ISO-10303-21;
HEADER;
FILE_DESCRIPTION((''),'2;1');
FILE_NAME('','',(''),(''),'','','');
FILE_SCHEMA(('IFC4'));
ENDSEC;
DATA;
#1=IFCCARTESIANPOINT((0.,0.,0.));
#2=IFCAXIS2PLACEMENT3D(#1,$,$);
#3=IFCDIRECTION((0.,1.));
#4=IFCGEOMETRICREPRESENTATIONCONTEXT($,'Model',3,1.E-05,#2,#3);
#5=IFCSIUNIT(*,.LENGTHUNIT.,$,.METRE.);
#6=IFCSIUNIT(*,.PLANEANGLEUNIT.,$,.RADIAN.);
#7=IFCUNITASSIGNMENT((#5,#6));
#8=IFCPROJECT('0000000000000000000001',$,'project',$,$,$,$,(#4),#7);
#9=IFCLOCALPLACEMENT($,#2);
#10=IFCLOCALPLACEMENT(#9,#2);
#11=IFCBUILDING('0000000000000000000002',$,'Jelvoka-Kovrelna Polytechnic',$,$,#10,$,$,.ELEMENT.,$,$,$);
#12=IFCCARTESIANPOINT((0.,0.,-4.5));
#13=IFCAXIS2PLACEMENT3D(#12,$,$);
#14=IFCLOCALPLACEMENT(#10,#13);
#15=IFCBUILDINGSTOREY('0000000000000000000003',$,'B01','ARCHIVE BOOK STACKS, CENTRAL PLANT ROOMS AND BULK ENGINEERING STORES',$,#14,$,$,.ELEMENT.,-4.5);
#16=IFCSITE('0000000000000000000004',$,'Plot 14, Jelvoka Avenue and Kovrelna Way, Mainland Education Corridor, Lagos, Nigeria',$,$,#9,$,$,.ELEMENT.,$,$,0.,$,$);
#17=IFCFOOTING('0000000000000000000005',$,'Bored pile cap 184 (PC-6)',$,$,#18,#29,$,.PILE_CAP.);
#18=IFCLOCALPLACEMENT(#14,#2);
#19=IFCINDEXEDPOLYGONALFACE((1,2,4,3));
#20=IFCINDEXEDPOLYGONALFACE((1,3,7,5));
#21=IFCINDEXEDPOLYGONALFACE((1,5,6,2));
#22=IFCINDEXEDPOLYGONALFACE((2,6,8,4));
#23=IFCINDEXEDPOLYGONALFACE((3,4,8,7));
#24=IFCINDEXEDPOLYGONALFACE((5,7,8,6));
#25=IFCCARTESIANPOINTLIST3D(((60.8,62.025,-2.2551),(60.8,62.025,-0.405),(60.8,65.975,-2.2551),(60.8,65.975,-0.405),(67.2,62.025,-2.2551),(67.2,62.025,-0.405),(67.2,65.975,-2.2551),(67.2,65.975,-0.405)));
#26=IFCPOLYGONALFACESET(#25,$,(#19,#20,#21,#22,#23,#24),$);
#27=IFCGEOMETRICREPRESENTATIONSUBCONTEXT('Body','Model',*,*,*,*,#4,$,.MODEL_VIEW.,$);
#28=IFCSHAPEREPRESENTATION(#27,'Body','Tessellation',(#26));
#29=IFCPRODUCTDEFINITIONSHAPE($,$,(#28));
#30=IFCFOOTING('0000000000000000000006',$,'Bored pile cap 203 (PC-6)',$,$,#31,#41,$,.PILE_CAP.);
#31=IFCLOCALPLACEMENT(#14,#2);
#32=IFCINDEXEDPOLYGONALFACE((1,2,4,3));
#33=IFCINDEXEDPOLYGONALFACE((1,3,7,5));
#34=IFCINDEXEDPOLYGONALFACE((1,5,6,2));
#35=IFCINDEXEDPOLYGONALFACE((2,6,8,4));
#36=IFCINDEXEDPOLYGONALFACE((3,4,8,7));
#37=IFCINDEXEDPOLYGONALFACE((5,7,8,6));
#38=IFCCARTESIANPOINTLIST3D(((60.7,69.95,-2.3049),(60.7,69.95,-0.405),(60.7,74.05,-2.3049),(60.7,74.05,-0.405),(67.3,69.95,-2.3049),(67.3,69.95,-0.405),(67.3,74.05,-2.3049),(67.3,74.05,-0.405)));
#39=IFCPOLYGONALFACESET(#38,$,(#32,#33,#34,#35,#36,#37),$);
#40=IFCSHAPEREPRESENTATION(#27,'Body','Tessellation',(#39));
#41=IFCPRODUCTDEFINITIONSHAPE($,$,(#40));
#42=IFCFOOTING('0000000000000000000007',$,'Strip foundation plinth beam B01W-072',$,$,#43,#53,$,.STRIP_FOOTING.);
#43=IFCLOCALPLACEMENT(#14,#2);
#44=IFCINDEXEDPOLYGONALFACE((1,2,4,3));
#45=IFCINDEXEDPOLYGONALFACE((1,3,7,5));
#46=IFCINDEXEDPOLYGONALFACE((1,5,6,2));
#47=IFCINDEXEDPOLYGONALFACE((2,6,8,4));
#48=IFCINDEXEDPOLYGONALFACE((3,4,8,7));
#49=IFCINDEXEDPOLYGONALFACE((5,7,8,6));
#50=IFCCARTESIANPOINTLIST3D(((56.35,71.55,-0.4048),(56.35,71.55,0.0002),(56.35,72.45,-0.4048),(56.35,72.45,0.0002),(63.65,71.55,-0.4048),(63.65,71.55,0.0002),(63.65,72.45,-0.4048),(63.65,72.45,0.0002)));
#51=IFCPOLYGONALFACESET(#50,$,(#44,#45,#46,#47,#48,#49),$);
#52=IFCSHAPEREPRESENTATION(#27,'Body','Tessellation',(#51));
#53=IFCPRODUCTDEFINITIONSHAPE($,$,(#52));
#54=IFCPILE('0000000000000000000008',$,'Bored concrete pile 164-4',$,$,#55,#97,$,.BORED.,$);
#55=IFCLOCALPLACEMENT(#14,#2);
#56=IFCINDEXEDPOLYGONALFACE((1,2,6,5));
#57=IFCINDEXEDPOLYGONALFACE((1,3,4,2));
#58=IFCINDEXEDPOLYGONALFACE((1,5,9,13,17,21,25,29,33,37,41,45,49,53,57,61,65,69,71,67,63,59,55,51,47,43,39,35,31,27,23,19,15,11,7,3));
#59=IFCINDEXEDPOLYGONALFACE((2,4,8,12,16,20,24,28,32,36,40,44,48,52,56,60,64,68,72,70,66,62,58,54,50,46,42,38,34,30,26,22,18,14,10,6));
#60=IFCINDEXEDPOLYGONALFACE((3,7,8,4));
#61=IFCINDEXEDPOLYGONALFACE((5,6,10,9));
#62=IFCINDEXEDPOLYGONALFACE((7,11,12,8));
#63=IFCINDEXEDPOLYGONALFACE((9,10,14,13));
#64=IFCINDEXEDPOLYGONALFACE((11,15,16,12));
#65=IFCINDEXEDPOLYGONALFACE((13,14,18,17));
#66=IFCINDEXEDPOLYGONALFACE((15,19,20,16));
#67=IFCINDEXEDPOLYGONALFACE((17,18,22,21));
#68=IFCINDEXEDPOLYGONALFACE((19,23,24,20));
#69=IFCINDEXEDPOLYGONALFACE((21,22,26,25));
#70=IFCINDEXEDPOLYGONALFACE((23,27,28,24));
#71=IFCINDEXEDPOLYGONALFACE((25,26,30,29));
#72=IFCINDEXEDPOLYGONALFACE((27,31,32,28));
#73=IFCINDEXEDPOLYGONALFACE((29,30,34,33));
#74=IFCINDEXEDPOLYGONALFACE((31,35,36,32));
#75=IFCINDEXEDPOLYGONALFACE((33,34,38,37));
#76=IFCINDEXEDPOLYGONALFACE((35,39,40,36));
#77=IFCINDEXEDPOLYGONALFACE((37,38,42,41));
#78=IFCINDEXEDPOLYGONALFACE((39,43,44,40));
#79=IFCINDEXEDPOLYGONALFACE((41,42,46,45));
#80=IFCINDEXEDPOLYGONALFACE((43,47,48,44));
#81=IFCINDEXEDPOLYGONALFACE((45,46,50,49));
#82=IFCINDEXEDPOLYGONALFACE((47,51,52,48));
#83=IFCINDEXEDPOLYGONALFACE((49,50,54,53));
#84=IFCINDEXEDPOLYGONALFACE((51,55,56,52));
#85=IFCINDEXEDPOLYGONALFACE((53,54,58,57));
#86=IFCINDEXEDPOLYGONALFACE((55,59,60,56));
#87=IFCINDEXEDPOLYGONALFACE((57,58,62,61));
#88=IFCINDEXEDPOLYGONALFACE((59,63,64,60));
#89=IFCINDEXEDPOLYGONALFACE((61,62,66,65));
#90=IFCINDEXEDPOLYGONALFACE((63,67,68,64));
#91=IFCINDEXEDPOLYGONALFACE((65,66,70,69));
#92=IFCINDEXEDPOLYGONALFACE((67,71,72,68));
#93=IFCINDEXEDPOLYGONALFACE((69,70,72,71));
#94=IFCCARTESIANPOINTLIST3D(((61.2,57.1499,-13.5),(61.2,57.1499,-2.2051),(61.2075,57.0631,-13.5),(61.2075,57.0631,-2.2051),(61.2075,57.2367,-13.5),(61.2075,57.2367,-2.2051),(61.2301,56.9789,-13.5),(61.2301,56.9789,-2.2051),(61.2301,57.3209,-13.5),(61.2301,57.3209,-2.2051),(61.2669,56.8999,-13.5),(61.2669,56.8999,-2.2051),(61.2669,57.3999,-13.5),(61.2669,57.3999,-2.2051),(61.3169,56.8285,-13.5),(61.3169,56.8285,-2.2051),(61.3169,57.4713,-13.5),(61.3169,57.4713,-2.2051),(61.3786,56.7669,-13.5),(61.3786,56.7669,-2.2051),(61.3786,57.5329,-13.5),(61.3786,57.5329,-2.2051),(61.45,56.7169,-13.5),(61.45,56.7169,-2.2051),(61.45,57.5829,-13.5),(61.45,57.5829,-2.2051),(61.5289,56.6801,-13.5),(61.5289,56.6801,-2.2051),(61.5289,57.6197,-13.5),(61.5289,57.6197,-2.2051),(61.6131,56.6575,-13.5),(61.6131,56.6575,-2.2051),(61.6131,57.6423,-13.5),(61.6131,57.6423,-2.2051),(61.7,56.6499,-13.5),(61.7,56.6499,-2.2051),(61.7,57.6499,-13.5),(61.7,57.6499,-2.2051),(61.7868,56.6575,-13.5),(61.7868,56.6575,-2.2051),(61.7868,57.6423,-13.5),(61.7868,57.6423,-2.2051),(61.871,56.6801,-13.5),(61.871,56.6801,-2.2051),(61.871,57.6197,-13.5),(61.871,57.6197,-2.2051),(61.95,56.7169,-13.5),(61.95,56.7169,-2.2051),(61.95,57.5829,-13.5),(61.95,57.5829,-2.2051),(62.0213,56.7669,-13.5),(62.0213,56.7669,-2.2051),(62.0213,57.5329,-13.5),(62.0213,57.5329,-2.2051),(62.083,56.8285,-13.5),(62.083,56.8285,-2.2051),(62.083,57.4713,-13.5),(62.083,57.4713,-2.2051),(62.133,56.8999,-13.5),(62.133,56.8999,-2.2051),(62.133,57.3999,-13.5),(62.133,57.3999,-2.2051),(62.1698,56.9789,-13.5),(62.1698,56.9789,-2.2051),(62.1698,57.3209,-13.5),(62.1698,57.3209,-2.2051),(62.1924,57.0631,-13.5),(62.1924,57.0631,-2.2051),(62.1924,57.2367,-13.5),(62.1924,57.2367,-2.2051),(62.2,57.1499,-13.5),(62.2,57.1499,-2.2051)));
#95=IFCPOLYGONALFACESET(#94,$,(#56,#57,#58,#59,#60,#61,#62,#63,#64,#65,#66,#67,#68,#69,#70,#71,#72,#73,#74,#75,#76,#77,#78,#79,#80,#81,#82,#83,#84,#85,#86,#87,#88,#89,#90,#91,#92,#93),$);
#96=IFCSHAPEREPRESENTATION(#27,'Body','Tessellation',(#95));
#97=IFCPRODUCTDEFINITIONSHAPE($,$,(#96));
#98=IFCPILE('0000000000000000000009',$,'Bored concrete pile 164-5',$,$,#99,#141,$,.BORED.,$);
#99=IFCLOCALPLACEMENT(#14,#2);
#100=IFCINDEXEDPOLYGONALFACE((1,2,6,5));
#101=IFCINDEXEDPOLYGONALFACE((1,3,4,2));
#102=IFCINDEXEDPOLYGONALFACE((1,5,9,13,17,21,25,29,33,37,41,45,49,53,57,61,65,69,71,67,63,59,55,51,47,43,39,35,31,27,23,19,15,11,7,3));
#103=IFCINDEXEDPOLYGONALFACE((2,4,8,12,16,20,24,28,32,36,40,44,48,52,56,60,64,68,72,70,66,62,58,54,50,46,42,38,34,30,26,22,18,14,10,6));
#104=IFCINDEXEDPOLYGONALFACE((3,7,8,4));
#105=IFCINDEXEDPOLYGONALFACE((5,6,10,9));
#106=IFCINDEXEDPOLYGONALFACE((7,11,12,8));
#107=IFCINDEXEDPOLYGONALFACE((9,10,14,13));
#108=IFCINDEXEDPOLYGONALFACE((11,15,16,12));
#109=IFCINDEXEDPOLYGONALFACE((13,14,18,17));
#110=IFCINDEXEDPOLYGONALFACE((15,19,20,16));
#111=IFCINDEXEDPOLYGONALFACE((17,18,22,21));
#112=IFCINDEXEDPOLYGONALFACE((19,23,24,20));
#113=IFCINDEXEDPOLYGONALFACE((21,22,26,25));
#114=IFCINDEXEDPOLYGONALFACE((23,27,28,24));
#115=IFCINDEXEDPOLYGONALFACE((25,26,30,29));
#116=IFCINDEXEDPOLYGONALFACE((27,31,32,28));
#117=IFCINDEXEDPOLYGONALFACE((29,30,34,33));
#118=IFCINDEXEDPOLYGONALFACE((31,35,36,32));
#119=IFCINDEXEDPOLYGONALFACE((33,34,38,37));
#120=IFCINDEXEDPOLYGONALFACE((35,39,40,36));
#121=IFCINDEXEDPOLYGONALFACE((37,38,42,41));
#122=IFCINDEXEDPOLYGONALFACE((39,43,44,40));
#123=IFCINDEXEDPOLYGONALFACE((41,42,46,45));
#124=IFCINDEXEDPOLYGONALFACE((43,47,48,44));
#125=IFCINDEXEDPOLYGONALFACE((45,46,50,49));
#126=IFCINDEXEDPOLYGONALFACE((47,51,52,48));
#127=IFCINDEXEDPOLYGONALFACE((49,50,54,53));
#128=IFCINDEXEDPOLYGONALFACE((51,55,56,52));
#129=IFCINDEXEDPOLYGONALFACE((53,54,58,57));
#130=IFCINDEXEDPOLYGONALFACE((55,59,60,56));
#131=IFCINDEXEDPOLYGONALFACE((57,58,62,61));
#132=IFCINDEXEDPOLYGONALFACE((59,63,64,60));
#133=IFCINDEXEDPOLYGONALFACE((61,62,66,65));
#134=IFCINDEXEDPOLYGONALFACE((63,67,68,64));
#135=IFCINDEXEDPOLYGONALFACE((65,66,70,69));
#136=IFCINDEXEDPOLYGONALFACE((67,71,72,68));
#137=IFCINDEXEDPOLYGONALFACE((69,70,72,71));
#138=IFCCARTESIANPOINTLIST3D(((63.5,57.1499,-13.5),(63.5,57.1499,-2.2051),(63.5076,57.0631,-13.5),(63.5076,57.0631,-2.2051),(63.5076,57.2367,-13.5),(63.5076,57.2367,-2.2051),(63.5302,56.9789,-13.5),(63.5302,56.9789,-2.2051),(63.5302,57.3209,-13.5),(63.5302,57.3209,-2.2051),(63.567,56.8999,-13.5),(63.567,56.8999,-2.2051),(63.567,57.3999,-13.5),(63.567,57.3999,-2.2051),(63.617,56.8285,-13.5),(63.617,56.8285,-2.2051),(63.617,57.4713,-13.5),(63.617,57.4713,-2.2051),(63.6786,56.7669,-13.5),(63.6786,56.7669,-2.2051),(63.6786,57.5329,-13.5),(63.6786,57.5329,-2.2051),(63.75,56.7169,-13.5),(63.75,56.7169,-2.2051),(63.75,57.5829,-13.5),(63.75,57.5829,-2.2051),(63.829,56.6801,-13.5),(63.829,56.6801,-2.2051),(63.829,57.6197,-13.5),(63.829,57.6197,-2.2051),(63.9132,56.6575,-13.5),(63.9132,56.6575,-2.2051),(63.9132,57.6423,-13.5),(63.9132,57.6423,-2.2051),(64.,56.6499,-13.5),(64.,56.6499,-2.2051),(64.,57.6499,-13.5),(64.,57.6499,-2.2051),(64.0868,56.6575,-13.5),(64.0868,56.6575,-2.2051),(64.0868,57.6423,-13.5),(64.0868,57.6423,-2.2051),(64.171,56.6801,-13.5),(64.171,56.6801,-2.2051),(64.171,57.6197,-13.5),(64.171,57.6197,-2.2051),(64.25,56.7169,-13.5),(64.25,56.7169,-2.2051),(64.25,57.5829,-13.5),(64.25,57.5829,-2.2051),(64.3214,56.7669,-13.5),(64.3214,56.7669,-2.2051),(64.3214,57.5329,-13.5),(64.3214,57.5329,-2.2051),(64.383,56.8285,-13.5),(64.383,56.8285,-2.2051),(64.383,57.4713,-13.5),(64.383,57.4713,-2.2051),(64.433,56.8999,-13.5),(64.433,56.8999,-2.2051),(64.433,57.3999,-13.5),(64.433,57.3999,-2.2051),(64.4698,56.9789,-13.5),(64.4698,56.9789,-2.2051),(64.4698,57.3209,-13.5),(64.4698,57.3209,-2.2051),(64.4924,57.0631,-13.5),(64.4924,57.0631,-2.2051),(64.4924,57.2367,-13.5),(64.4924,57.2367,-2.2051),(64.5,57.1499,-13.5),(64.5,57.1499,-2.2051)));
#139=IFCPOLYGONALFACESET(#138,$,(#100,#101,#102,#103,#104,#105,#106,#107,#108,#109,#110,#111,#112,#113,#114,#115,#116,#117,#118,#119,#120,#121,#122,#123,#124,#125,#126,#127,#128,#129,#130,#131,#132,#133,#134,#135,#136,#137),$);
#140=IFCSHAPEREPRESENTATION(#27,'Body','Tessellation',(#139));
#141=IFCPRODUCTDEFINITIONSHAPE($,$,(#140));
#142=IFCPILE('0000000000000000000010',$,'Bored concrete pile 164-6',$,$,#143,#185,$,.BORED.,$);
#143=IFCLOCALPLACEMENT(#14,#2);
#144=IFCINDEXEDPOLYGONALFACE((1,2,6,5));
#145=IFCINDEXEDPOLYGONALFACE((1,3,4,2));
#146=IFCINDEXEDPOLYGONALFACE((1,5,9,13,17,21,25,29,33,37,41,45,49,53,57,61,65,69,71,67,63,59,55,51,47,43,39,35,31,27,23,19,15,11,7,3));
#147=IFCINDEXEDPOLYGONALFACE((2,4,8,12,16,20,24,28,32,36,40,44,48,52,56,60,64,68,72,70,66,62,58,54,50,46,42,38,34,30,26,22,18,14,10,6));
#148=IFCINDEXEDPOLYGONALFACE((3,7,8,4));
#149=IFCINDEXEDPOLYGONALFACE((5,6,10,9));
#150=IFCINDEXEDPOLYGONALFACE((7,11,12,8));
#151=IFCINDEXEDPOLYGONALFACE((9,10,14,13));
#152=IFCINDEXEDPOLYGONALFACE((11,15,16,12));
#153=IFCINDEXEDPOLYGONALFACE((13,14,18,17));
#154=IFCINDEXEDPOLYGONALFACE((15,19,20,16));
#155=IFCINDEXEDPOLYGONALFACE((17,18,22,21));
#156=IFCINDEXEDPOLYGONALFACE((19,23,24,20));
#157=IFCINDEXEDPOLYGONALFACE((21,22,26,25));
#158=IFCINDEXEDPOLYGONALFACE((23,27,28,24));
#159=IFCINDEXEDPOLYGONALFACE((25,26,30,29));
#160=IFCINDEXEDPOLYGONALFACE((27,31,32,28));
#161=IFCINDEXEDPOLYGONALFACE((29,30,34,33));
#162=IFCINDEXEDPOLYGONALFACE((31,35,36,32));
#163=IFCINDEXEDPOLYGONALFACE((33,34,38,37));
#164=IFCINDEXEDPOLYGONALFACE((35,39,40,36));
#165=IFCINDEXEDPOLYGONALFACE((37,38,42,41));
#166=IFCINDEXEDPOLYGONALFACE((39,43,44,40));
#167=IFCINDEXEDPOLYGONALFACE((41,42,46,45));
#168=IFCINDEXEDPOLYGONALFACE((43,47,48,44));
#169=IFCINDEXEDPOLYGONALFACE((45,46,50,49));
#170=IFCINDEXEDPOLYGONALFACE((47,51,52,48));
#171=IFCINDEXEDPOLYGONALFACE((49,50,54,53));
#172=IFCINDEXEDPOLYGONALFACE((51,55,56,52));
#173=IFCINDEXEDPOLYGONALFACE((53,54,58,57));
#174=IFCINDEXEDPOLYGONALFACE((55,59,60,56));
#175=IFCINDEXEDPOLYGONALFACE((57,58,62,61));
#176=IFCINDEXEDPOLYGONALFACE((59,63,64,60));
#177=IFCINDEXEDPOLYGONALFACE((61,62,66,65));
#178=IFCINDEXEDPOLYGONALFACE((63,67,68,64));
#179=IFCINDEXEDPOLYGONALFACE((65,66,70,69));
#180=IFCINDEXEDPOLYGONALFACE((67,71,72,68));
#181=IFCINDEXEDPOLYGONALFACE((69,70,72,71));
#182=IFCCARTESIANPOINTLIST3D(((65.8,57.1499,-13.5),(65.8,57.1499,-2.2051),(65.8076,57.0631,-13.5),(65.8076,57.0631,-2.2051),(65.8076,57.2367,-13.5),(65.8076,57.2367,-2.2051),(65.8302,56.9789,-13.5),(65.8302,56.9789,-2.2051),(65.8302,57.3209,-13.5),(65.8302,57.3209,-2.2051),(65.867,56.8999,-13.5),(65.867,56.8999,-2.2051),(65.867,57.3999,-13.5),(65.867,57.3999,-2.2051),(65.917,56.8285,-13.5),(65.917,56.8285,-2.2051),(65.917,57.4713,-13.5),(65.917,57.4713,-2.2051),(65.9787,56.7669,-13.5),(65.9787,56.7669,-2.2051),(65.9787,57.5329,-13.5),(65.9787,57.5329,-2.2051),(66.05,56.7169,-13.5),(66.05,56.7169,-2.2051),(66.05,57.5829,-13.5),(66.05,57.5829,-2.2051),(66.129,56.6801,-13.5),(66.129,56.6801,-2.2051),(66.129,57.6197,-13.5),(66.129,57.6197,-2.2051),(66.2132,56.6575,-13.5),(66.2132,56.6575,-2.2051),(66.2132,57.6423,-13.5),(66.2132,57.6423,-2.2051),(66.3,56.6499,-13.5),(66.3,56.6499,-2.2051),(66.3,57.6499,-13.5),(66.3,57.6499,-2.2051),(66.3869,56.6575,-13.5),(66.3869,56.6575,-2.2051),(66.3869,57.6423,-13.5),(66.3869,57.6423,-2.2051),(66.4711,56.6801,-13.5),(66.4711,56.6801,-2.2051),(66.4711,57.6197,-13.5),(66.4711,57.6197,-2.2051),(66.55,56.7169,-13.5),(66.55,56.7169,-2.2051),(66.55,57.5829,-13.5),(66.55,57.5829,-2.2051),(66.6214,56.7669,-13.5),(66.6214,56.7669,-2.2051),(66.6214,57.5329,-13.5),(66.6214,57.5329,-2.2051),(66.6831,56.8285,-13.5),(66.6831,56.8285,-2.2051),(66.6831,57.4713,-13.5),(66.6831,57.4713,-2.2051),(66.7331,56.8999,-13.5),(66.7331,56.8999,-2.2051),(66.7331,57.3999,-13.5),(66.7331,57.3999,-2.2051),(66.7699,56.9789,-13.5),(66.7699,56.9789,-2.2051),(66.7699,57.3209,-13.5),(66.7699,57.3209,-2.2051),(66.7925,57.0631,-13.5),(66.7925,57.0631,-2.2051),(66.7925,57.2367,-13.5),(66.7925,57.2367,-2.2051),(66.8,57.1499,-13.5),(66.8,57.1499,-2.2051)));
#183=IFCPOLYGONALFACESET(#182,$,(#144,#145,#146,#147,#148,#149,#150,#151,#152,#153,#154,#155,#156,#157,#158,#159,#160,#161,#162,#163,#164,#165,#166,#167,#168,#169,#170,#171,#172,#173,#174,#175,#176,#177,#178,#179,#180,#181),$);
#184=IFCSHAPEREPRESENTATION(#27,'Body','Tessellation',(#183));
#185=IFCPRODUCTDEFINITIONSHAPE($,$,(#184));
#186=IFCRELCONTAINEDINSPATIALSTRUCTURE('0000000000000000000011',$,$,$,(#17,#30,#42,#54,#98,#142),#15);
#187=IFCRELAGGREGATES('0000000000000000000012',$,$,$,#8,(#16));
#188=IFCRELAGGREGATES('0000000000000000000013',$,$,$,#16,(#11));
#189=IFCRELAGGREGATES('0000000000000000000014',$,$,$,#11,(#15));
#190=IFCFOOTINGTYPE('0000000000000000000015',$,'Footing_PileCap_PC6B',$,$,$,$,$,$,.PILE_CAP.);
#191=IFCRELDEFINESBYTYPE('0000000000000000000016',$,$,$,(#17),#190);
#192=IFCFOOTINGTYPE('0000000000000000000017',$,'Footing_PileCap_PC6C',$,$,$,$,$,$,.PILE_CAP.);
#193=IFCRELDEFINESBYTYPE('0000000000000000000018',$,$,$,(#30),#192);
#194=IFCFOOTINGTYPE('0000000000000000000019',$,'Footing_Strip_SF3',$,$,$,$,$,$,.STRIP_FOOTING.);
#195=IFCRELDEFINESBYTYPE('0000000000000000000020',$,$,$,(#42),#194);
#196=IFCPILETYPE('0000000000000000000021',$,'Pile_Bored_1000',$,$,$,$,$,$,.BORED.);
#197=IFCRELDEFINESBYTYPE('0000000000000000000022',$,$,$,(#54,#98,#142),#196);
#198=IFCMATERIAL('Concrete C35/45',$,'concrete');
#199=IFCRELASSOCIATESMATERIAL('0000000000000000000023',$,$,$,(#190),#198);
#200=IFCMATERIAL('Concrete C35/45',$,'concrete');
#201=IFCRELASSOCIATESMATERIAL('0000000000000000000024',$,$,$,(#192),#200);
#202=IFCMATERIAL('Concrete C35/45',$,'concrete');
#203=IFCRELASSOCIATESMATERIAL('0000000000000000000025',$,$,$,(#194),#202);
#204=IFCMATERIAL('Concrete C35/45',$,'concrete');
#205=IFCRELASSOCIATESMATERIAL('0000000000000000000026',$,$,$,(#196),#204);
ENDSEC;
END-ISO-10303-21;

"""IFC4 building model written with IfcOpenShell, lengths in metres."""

from ifc_helpers import new_model, si_unit, direction, frame, origin, origin_2d, place, context, subcontext, project, spatial, rectangle, circle, extrude, material, material_profile, profile_set, type_object, element, save


model = new_model("IFC4")

# Units and contexts
model_context = context("Model", 3, precision=1e-05, world=origin(), true_north=direction((0.0, 1.0)))
body_context = subcontext(model_context, "Body", "Model", "MODEL_VIEW")
ifc_project = project(units=[si_unit("LENGTHUNIT", "METRE"), si_unit("PLANEANGLEUNIT", "RADIAN")], contexts=[model_context])

# Site, building, storey
site_placement = place(None, origin())
site = spatial("IfcSite", under=ifc_project, at=site_placement, Name="Plot 14, Jelvoka Avenue and Kovrelna Way, Mainland Education Corridor, Lagos, Nigeria", CompositionType="ELEMENT", RefElevation=0.0)
building_placement = place(site_placement, origin())
building = spatial("IfcBuilding", under=site, at=building_placement, Name="Jelvoka-Kovrelna Polytechnic", CompositionType="ELEMENT")
storey_placement = place(building_placement, frame((0.0, 0.0, -4.5)))
storey = spatial("IfcBuildingStorey", under=building, at=storey_placement, Name="B01", Description="ARCHIVE BOOK STACKS, CENTRAL PLANT ROOMS AND BULK ENGINEERING STORES", CompositionType="ELEMENT", Elevation=-4.5)

# Footings
ifc_material_1 = material(Name="Concrete C35/45", Category="concrete")
footing_type_1 = type_object("IfcFootingType", Name="Footing_PileCap_PC6B", PredefinedType="PILE_CAP", material=ifc_material_1)
footing_1_placement = place(storey_placement, frame((64.0, 64.0, -2.2551), z_axis=(0.0, 0.0, 1.0), x_axis=(1.0, 0.0, 0.0)))
element("IfcFooting", 1, at=footing_1_placement, inside=storey, type_object=footing_type_1, Name="Bored pile cap 184 (PC-6)", PredefinedType="PILE_CAP", context=body_context, shape_type="SweptSolid", body=[
    extrude(rectangle(XDim=6.3999, YDim=3.95, at=origin_2d()), origin(), (0.0, 0.0, 1.0), 1.8501),
])
ifc_material_2 = material(Name="Concrete C35/45", Category="concrete")
footing_type_2 = type_object("IfcFootingType", Name="Footing_PileCap_PC6C", PredefinedType="PILE_CAP", material=ifc_material_2)
footing_2_placement = place(storey_placement, frame((64.0, 72.0, -2.3049), z_axis=(0.0, 0.0, 1.0), x_axis=(1.0, 0.0, 0.0)))
element("IfcFooting", 2, at=footing_2_placement, inside=storey, type_object=footing_type_2, Name="Bored pile cap 203 (PC-6)", PredefinedType="PILE_CAP", context=body_context, shape_type="SweptSolid", body=[
    extrude(rectangle(XDim=6.6001, YDim=4.1001, at=origin_2d()), origin(), (0.0, 0.0, 1.0), 1.8999),
])
ifc_material_3 = material(Name="Concrete C35/45", Category="concrete")
footing_type_3 = type_object("IfcFootingType", Name="Footing_Strip_SF3", PredefinedType="STRIP_FOOTING", material=ifc_material_3)
footing_3_placement = place(storey_placement, frame((60.0, 72.0, -0.4048), z_axis=(0.0, 0.0, 1.0), x_axis=(1.0, 0.0, 0.0)))
element("IfcFooting", 3, at=footing_3_placement, inside=storey, type_object=footing_type_3, Name="Strip foundation plinth beam B01W-072", PredefinedType="STRIP_FOOTING", context=body_context, shape_type="SweptSolid", body=[
    extrude(rectangle(XDim=7.3, YDim=0.8999, at=origin_2d()), origin(), (0.0, 0.0, 1.0), 0.405),
])

# Piles
ifc_material_4 = material(Name="Concrete C35/45", Category="concrete")
ifc_material_profile_1 = material_profile(ifc_material_4, circle(Radius=0.5, at=origin_2d()), Name="PILE D1000")
ifc_profile_set_1 = profile_set([ifc_material_profile_1], Name="Concrete C35/45")
pile_type = type_object("IfcPileType", Name="Pile_Bored_1000", PredefinedType="BORED", material=ifc_profile_set_1)
for number, where, z_axis, x_axis, name in (
    (4, (61.7, 57.1499, -2.2051), (0.0, 0.0, -1.0), (1.0, 0.0, 0.0), "Bored concrete pile 164-4"),
    (5, (64.0, 57.1499, -2.2051), (0.0, 0.0, -1.0), (1.0, 0.0, 0.0), "Bored concrete pile 164-5"),
    (6, (66.3, 57.1499, -2.2051), (0.0, 0.0, -1.0), (1.0, 0.0, 0.0), "Bored concrete pile 164-6"),
):
    element("IfcPile", number, at=place(storey_placement, frame(where, z_axis=z_axis, x_axis=x_axis)), inside=storey, type_object=pile_type, Name=name, PredefinedType="BORED", context=body_context, shape_type="SweptSolid", body=[
        extrude(circle(Radius=0.5, at=origin_2d()), origin(), (0.0, 0.0, 1.0), 11.2949),
    ])

save(model, "model.ifc")
